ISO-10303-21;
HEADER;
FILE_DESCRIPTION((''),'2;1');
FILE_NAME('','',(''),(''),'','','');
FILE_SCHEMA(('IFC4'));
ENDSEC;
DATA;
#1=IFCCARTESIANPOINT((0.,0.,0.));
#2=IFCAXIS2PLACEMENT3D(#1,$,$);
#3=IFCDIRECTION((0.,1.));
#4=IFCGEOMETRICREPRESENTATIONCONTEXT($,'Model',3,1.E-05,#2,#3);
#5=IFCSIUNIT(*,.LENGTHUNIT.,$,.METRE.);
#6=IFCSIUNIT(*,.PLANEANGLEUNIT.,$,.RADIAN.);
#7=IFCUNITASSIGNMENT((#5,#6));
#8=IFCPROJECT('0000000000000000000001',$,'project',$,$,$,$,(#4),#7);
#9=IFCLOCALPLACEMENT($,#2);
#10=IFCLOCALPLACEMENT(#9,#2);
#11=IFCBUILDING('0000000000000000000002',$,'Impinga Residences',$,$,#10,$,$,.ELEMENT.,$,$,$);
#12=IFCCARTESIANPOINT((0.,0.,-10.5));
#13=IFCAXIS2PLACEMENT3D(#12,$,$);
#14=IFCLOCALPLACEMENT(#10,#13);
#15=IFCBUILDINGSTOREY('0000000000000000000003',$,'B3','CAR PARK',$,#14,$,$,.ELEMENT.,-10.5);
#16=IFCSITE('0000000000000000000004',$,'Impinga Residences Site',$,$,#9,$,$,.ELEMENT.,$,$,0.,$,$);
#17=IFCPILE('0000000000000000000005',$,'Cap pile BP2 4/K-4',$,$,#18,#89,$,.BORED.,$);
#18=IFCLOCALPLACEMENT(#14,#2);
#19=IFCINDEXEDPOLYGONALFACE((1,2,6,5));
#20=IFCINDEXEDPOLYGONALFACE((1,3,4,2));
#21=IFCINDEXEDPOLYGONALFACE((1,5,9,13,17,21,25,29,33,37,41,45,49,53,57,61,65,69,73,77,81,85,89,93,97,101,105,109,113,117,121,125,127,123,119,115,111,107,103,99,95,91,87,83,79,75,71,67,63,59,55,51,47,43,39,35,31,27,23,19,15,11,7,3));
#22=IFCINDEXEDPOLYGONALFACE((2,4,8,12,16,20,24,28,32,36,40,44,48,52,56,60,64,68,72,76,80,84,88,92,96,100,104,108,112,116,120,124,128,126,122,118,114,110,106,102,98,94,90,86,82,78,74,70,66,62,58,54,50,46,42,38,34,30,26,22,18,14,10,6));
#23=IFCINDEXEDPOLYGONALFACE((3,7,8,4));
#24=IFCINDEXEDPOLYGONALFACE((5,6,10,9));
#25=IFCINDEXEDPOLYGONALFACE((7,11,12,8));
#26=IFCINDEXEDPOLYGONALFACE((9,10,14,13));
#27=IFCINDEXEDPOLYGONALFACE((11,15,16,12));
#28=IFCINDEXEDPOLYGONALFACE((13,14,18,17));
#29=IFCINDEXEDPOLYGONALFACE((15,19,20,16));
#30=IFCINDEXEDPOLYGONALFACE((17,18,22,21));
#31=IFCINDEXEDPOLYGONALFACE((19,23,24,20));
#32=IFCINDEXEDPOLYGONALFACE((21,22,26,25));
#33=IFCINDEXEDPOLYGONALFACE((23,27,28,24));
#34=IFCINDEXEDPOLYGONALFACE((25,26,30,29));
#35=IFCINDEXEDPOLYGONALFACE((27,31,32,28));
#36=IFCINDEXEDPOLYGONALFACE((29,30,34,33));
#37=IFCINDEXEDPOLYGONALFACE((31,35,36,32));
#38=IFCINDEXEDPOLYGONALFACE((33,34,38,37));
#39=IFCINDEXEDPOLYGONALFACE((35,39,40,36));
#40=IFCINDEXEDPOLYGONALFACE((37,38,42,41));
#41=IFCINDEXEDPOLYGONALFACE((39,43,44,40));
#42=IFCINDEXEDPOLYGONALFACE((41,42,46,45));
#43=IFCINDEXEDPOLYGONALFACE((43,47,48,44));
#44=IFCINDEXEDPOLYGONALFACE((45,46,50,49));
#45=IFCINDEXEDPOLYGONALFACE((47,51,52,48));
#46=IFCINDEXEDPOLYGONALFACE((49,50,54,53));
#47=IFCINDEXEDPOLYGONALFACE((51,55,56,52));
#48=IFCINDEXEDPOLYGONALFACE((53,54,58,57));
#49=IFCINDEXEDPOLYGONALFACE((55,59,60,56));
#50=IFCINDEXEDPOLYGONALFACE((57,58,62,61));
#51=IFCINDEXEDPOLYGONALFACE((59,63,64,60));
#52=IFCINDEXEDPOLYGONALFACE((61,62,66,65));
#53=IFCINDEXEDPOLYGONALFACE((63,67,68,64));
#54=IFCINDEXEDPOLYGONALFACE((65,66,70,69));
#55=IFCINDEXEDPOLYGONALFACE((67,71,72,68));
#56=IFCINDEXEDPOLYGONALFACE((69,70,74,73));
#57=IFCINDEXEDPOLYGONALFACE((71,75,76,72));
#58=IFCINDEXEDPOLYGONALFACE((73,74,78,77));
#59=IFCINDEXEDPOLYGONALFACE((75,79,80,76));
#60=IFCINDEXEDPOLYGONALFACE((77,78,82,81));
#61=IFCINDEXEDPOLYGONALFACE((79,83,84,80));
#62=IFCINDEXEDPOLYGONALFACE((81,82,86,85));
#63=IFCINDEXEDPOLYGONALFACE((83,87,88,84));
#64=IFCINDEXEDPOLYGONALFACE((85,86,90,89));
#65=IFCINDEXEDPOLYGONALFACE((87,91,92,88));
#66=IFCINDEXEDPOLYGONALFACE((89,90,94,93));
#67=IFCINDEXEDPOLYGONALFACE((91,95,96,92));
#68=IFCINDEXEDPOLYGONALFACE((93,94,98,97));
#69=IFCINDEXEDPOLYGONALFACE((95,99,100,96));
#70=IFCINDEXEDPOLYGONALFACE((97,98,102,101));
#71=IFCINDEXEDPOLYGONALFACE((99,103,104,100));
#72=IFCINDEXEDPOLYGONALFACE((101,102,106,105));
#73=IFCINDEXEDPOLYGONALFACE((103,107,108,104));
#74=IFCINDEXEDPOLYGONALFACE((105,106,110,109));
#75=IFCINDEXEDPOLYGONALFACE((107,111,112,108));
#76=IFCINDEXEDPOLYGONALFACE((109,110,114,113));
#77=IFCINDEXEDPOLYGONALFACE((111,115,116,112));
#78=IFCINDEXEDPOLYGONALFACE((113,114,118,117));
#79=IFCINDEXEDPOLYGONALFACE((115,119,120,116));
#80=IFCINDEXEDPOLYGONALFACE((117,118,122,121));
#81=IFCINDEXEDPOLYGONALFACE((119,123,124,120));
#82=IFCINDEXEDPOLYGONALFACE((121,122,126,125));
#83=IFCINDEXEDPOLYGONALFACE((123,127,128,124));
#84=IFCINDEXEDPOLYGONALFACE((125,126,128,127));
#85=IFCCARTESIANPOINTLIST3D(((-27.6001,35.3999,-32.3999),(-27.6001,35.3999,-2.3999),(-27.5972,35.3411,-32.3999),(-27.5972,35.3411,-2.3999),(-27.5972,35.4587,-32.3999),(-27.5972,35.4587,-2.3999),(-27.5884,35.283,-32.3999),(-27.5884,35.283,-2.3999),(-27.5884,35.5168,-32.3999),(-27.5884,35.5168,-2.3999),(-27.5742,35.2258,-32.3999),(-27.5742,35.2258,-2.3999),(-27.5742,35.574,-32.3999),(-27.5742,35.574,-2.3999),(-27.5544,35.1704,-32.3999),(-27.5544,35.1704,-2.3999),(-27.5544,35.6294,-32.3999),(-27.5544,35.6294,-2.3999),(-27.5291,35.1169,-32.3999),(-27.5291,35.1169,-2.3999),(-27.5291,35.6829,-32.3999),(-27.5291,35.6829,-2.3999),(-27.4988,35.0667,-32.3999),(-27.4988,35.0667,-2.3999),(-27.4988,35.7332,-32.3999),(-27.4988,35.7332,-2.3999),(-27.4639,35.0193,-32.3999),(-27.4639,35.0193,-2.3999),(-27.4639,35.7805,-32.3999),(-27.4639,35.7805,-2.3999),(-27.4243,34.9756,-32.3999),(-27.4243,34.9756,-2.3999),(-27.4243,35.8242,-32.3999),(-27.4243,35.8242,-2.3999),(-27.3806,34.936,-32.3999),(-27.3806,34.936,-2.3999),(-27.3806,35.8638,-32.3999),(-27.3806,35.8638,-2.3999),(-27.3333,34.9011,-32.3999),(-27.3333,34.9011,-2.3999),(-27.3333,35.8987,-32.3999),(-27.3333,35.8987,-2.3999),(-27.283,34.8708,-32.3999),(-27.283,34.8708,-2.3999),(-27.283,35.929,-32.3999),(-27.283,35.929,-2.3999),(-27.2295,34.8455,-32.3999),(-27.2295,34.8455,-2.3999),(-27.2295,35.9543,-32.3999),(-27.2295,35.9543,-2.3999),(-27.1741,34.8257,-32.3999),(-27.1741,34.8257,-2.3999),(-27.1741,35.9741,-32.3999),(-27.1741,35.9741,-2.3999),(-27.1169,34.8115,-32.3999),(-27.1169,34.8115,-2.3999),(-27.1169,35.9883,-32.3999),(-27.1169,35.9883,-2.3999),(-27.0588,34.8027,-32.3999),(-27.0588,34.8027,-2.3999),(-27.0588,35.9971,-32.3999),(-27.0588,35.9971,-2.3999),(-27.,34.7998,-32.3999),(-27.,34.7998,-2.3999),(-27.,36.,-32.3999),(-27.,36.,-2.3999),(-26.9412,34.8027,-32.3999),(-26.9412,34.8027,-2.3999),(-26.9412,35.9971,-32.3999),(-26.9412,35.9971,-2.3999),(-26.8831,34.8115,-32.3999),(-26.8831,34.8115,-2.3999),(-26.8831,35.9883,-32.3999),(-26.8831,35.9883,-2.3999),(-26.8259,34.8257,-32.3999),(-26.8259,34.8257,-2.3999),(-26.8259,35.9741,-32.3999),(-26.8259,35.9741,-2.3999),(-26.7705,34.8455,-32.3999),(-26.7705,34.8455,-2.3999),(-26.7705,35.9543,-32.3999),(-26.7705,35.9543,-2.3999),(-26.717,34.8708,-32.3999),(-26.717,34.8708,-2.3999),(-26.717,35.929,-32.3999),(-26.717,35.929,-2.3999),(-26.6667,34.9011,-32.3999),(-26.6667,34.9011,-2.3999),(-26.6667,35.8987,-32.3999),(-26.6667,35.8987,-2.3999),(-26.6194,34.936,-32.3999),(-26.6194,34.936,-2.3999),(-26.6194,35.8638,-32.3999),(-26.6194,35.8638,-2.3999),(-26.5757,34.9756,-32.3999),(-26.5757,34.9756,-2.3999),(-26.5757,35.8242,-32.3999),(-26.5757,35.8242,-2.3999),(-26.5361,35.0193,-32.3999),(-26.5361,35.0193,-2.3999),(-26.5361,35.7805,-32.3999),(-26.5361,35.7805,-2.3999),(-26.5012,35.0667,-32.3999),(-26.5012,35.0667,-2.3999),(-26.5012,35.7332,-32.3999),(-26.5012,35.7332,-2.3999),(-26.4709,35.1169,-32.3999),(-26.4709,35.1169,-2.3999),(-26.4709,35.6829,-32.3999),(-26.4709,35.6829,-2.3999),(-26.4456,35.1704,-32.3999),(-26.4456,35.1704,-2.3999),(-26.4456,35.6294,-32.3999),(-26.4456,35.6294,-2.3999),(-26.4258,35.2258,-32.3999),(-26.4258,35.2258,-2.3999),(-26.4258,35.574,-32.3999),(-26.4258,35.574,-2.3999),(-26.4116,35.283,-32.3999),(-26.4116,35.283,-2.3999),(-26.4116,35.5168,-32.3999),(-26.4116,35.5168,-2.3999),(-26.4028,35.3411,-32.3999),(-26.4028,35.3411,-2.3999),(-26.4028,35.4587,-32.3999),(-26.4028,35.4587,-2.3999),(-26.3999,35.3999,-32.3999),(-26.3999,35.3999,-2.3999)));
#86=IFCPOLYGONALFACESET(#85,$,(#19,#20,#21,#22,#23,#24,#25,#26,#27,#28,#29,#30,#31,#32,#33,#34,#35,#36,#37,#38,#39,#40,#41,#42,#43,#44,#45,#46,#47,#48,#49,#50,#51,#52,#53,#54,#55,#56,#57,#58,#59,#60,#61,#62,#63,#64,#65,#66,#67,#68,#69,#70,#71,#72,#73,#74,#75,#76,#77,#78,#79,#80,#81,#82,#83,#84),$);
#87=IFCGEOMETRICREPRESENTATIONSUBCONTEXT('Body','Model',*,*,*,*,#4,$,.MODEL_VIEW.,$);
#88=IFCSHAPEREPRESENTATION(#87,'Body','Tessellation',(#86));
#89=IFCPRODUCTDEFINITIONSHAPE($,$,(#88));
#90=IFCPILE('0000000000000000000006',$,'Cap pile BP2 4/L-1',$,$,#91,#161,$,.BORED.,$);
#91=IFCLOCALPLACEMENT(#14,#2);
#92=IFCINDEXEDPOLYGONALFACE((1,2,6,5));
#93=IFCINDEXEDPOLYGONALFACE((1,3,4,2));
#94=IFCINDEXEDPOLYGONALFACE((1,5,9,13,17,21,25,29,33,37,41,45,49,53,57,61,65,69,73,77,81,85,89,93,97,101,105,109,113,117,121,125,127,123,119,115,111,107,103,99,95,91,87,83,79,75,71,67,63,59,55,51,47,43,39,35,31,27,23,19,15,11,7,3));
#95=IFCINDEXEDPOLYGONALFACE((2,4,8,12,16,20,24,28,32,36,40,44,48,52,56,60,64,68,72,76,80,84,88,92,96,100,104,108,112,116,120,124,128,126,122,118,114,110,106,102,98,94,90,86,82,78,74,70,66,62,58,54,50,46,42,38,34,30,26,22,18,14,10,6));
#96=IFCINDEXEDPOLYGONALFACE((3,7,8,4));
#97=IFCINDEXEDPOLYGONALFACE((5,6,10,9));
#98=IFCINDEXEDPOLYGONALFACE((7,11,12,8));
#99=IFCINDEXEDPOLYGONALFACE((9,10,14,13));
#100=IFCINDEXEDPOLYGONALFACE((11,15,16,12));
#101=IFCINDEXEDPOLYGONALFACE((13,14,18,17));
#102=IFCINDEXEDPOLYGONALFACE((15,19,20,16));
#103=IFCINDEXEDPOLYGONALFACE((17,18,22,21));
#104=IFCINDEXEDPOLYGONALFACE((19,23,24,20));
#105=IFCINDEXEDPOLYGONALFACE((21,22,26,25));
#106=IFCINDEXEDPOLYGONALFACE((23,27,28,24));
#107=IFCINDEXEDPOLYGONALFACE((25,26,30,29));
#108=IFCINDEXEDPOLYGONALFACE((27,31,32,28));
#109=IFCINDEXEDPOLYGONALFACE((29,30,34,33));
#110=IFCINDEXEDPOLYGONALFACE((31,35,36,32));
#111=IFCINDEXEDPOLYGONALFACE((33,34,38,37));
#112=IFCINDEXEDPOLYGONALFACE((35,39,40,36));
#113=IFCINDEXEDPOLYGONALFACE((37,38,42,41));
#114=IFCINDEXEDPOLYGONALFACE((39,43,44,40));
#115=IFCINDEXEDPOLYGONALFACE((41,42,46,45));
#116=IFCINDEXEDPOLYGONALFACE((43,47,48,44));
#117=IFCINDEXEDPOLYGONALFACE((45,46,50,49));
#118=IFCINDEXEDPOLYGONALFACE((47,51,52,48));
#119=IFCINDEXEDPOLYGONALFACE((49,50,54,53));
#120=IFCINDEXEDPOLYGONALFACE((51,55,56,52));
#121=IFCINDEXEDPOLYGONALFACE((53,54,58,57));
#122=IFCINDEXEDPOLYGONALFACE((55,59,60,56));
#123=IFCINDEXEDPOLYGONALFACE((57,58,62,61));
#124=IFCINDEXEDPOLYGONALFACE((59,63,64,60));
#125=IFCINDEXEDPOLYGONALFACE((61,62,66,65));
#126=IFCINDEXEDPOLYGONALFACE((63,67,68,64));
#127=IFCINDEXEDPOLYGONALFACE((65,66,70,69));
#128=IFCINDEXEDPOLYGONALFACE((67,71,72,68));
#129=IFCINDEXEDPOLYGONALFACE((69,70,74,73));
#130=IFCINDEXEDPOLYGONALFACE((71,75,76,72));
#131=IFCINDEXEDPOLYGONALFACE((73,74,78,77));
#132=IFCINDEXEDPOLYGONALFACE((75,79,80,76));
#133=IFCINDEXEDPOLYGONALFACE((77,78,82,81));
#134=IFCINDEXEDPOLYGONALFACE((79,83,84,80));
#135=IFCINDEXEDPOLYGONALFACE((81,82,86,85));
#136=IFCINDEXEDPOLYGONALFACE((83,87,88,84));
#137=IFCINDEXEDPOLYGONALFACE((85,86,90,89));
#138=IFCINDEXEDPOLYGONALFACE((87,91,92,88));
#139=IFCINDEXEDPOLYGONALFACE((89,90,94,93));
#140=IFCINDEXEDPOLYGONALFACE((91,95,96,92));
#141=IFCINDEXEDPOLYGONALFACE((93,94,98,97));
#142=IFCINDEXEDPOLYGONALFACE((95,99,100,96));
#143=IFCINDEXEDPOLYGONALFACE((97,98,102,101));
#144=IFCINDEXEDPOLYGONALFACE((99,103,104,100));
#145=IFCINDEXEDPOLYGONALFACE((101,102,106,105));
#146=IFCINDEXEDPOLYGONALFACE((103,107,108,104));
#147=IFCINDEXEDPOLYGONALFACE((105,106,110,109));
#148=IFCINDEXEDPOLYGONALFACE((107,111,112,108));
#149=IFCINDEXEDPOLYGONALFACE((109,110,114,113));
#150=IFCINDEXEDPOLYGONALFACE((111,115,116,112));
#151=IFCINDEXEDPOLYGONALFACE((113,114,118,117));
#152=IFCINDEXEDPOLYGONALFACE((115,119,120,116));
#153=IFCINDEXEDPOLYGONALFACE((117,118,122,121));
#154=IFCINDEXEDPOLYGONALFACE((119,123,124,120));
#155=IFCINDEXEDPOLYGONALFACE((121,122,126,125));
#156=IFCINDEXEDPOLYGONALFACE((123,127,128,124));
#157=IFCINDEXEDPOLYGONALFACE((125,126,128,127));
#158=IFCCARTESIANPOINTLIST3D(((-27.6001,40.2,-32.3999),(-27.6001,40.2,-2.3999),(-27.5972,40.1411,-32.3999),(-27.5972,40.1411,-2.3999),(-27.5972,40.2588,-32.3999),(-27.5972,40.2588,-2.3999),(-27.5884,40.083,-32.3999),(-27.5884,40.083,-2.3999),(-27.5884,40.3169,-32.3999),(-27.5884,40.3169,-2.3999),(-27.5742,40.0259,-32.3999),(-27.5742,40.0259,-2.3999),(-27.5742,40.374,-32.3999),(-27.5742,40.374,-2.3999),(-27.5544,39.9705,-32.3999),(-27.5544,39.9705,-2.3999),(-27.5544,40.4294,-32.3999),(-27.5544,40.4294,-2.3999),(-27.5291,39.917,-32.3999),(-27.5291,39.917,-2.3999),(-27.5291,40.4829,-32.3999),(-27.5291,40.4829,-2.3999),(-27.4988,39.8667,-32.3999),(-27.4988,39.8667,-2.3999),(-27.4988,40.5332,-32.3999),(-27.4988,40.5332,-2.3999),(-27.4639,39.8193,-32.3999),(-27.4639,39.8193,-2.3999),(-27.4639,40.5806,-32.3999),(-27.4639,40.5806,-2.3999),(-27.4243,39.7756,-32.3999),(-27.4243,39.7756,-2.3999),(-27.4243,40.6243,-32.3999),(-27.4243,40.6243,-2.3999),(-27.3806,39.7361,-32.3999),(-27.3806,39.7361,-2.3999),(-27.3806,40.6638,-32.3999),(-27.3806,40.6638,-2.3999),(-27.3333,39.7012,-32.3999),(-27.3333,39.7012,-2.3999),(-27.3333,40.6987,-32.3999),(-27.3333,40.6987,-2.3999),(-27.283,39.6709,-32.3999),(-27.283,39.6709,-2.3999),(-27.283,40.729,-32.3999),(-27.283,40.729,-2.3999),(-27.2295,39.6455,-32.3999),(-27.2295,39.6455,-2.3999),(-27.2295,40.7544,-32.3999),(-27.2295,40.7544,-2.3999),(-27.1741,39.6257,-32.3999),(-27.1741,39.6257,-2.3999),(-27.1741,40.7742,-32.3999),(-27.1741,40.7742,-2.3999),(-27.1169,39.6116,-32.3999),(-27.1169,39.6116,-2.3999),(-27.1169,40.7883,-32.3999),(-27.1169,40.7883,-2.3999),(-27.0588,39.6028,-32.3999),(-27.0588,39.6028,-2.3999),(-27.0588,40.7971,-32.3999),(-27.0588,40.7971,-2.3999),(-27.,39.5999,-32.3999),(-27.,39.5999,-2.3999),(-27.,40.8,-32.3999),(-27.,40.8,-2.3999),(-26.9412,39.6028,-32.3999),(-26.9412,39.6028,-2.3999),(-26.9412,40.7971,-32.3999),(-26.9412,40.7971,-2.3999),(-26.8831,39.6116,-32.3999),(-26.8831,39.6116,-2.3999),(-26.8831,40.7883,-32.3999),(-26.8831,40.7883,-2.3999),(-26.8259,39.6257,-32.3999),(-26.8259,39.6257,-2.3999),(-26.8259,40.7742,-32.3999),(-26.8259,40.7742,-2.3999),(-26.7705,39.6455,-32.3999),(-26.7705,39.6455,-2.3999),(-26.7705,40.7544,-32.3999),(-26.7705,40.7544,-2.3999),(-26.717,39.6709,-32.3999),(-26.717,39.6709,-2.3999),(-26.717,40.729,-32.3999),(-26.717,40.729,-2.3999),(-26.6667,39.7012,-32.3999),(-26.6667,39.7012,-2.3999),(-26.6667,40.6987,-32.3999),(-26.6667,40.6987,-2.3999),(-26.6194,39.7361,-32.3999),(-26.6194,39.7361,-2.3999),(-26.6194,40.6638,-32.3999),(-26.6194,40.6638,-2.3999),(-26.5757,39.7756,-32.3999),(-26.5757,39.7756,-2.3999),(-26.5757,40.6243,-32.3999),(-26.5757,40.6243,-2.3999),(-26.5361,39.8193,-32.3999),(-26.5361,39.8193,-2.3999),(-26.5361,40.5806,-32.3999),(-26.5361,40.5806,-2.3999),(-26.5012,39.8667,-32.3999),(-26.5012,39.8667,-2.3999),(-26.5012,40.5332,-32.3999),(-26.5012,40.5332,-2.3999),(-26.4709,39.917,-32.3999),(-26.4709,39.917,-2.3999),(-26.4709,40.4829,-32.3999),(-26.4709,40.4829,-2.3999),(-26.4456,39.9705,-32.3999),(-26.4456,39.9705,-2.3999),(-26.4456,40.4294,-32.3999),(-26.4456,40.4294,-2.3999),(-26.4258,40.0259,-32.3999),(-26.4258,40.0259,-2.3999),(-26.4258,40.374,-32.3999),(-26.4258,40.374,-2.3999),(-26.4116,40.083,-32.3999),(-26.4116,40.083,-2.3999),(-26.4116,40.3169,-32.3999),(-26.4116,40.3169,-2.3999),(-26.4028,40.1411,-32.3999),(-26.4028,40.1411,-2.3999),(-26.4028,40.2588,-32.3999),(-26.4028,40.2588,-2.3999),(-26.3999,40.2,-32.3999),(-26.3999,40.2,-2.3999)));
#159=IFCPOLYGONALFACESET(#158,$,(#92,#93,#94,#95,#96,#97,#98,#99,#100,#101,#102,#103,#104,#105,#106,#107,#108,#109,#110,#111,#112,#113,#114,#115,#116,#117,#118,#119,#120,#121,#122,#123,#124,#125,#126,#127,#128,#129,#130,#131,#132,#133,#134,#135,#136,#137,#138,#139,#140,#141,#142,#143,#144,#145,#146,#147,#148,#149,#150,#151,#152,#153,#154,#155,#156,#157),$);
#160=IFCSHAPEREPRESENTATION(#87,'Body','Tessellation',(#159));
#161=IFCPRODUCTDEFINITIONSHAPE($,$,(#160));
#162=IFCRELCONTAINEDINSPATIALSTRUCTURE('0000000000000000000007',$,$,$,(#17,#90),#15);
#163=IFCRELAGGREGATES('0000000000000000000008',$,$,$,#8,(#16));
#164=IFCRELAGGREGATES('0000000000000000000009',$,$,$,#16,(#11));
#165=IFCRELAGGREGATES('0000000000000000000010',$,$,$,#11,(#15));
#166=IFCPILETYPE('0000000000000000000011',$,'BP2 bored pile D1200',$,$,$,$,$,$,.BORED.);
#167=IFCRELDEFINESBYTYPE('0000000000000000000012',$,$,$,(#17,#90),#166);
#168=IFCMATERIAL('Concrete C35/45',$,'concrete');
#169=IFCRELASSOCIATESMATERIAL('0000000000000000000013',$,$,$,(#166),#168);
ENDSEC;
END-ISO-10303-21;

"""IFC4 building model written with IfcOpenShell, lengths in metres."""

from ifc_helpers import new_model, si_unit, direction, frame, origin, origin_2d, place, context, subcontext, project, spatial, polyline, circle, outline, extrude, material, material_profile, profile_set, type_object, element, save


model = new_model("IFC4")

# Units and contexts
model_context = context("Model", 3, precision=1e-05, world=origin(), true_north=direction((0.0, 1.0)))
body_context = subcontext(model_context, "Body", "Model", "MODEL_VIEW")
ifc_project = project(units=[si_unit("LENGTHUNIT", "METRE"), si_unit("PLANEANGLEUNIT", "RADIAN")], contexts=[model_context])

# Site, building, storey
site_placement = place(None, origin())
site = spatial("IfcSite", under=ifc_project, at=site_placement, Name="Impinga Residences Site", CompositionType="ELEMENT", RefElevation=0.0)
building_placement = place(site_placement, origin())
building = spatial("IfcBuilding", under=site, at=building_placement, Name="Impinga Residences", CompositionType="ELEMENT")
storey_placement = place(building_placement, frame((0.0, 0.0, -10.5)))
storey = spatial("IfcBuildingStorey", under=building, at=storey_placement, Name="B3", Description="CAR PARK", CompositionType="ELEMENT", Elevation=-10.5)

# Piles
ifc_material_1 = material(Name="Concrete C35/45", Category="concrete")
ifc_material_profile_1 = material_profile(ifc_material_1, circle(Radius=0.6001, at=origin_2d()), Name="D1200")
ifc_profile_set_1 = profile_set([ifc_material_profile_1], Name="Concrete C35/45")
pile_type = type_object("IfcPileType", Name="BP2 bored pile D1200", PredefinedType="BORED", material=ifc_profile_set_1)
pile_1_placement = place(storey_placement, frame((-27.0, 35.3999, -2.3999), z_axis=(0.0, 0.0, -1.0), x_axis=(1.0, 0.0, 0.0)))
element("IfcPile", 1, at=pile_1_placement, inside=storey, type_object=pile_type, Name="Cap pile BP2 4/K-4", PredefinedType="BORED", context=body_context, shape_type="SweptSolid", body=[
    extrude(outline(polyline([(0.6001, 0.0), (0.5972, 0.0588), (0.5884, 0.1169), (0.5742, 0.1741), (0.5544, 0.2295), (0.5291, 0.283), (0.4988, 0.3333), (0.4639, 0.3806), (0.4243, 0.4243), (0.3806, 0.4639), (0.3333, 0.4988), (0.283, 0.5291), (0.2295, 0.5544), (0.1741, 0.5742), (0.1169, 0.5884), (0.0588, 0.5972), (0.0, 0.6001), (-0.0588, 0.5972), (-0.1169, 0.5884), (-0.1741, 0.5742), (-0.2295, 0.5544), (-0.283, 0.5291), (-0.3333, 0.4988), (-0.3806, 0.4639), (-0.4243, 0.4243), (-0.4639, 0.3806), (-0.4988, 0.3333), (-0.5291, 0.283), (-0.5544, 0.2295), (-0.5742, 0.1741), (-0.5884, 0.1169), (-0.5972, 0.0588), (-0.6001, 0.0), (-0.5972, -0.0588), (-0.5884, -0.1169), (-0.5742, -0.1741), (-0.5544, -0.2295), (-0.5291, -0.283), (-0.4988, -0.3333), (-0.4639, -0.3806), (-0.4243, -0.4243), (-0.3806, -0.4639), (-0.3333, -0.4988), (-0.283, -0.5291), (-0.2295, -0.5544), (-0.1741, -0.5742), (-0.1169, -0.5884), (-0.0588, -0.5972), (0.0, -0.6001), (0.0588, -0.5972), (0.1169, -0.5884), (0.1741, -0.5742), (0.2295, -0.5544), (0.283, -0.5291), (0.3333, -0.4988), (0.3806, -0.4639), (0.4243, -0.4243), (0.4639, -0.3806), (0.4988, -0.3333), (0.5291, -0.283), (0.5544, -0.2295), (0.5742, -0.1741), (0.5884, -0.1169), (0.5972, -0.0588), (0.6001, 0.0)])), origin(), (0.0, 0.0, 1.0), 30.0),
])
pile_2_placement = place(storey_placement, frame((-27.0, 40.2, -2.3999), z_axis=(0.0, 0.0, -1.0), x_axis=(1.0, 0.0, 0.0)))
element("IfcPile", 2, at=pile_2_placement, inside=storey, type_object=pile_type, Name="Cap pile BP2 4/L-1", PredefinedType="BORED", context=body_context, shape_type="SweptSolid", body=[
    extrude(outline(polyline([(0.6001, 0.0), (0.5972, 0.0588), (0.5884, 0.1169), (0.5742, 0.1741), (0.5544, 0.2295), (0.5291, 0.283), (0.4988, 0.3333), (0.4639, 0.3806), (0.4243, 0.4243), (0.3806, 0.4639), (0.3333, 0.4988), (0.283, 0.5291), (0.2295, 0.5544), (0.1741, 0.5742), (0.1169, 0.5884), (0.0588, 0.5972), (0.0, 0.6001), (-0.0588, 0.5972), (-0.1169, 0.5884), (-0.1741, 0.5742), (-0.2295, 0.5544), (-0.283, 0.5291), (-0.3333, 0.4988), (-0.3806, 0.4639), (-0.4243, 0.4243), (-0.4639, 0.3806), (-0.4988, 0.3333), (-0.5291, 0.283), (-0.5544, 0.2295), (-0.5742, 0.1741), (-0.5884, 0.1169), (-0.5972, 0.0588), (-0.6001, 0.0), (-0.5972, -0.0588), (-0.5884, -0.1169), (-0.5742, -0.1741), (-0.5544, -0.2295), (-0.5291, -0.283), (-0.4988, -0.3333), (-0.4639, -0.3806), (-0.4243, -0.4243), (-0.3806, -0.4639), (-0.3333, -0.4988), (-0.283, -0.5291), (-0.2295, -0.5544), (-0.1741, -0.5742), (-0.1169, -0.5884), (-0.0588, -0.5972), (0.0, -0.6001), (0.0588, -0.5972), (0.1169, -0.5884), (0.1741, -0.5742), (0.2295, -0.5544), (0.283, -0.5291), (0.3333, -0.4988), (0.3806, -0.4639), (0.4243, -0.4243), (0.4639, -0.3806), (0.4988, -0.3333), (0.5291, -0.283), (0.5544, -0.2295), (0.5742, -0.1741), (0.5884, -0.1169), (0.5972, -0.0588), (0.6001, 0.0)])), origin(), (0.0, 0.0, 1.0), 30.0),
])

save(model, "model.ifc")
